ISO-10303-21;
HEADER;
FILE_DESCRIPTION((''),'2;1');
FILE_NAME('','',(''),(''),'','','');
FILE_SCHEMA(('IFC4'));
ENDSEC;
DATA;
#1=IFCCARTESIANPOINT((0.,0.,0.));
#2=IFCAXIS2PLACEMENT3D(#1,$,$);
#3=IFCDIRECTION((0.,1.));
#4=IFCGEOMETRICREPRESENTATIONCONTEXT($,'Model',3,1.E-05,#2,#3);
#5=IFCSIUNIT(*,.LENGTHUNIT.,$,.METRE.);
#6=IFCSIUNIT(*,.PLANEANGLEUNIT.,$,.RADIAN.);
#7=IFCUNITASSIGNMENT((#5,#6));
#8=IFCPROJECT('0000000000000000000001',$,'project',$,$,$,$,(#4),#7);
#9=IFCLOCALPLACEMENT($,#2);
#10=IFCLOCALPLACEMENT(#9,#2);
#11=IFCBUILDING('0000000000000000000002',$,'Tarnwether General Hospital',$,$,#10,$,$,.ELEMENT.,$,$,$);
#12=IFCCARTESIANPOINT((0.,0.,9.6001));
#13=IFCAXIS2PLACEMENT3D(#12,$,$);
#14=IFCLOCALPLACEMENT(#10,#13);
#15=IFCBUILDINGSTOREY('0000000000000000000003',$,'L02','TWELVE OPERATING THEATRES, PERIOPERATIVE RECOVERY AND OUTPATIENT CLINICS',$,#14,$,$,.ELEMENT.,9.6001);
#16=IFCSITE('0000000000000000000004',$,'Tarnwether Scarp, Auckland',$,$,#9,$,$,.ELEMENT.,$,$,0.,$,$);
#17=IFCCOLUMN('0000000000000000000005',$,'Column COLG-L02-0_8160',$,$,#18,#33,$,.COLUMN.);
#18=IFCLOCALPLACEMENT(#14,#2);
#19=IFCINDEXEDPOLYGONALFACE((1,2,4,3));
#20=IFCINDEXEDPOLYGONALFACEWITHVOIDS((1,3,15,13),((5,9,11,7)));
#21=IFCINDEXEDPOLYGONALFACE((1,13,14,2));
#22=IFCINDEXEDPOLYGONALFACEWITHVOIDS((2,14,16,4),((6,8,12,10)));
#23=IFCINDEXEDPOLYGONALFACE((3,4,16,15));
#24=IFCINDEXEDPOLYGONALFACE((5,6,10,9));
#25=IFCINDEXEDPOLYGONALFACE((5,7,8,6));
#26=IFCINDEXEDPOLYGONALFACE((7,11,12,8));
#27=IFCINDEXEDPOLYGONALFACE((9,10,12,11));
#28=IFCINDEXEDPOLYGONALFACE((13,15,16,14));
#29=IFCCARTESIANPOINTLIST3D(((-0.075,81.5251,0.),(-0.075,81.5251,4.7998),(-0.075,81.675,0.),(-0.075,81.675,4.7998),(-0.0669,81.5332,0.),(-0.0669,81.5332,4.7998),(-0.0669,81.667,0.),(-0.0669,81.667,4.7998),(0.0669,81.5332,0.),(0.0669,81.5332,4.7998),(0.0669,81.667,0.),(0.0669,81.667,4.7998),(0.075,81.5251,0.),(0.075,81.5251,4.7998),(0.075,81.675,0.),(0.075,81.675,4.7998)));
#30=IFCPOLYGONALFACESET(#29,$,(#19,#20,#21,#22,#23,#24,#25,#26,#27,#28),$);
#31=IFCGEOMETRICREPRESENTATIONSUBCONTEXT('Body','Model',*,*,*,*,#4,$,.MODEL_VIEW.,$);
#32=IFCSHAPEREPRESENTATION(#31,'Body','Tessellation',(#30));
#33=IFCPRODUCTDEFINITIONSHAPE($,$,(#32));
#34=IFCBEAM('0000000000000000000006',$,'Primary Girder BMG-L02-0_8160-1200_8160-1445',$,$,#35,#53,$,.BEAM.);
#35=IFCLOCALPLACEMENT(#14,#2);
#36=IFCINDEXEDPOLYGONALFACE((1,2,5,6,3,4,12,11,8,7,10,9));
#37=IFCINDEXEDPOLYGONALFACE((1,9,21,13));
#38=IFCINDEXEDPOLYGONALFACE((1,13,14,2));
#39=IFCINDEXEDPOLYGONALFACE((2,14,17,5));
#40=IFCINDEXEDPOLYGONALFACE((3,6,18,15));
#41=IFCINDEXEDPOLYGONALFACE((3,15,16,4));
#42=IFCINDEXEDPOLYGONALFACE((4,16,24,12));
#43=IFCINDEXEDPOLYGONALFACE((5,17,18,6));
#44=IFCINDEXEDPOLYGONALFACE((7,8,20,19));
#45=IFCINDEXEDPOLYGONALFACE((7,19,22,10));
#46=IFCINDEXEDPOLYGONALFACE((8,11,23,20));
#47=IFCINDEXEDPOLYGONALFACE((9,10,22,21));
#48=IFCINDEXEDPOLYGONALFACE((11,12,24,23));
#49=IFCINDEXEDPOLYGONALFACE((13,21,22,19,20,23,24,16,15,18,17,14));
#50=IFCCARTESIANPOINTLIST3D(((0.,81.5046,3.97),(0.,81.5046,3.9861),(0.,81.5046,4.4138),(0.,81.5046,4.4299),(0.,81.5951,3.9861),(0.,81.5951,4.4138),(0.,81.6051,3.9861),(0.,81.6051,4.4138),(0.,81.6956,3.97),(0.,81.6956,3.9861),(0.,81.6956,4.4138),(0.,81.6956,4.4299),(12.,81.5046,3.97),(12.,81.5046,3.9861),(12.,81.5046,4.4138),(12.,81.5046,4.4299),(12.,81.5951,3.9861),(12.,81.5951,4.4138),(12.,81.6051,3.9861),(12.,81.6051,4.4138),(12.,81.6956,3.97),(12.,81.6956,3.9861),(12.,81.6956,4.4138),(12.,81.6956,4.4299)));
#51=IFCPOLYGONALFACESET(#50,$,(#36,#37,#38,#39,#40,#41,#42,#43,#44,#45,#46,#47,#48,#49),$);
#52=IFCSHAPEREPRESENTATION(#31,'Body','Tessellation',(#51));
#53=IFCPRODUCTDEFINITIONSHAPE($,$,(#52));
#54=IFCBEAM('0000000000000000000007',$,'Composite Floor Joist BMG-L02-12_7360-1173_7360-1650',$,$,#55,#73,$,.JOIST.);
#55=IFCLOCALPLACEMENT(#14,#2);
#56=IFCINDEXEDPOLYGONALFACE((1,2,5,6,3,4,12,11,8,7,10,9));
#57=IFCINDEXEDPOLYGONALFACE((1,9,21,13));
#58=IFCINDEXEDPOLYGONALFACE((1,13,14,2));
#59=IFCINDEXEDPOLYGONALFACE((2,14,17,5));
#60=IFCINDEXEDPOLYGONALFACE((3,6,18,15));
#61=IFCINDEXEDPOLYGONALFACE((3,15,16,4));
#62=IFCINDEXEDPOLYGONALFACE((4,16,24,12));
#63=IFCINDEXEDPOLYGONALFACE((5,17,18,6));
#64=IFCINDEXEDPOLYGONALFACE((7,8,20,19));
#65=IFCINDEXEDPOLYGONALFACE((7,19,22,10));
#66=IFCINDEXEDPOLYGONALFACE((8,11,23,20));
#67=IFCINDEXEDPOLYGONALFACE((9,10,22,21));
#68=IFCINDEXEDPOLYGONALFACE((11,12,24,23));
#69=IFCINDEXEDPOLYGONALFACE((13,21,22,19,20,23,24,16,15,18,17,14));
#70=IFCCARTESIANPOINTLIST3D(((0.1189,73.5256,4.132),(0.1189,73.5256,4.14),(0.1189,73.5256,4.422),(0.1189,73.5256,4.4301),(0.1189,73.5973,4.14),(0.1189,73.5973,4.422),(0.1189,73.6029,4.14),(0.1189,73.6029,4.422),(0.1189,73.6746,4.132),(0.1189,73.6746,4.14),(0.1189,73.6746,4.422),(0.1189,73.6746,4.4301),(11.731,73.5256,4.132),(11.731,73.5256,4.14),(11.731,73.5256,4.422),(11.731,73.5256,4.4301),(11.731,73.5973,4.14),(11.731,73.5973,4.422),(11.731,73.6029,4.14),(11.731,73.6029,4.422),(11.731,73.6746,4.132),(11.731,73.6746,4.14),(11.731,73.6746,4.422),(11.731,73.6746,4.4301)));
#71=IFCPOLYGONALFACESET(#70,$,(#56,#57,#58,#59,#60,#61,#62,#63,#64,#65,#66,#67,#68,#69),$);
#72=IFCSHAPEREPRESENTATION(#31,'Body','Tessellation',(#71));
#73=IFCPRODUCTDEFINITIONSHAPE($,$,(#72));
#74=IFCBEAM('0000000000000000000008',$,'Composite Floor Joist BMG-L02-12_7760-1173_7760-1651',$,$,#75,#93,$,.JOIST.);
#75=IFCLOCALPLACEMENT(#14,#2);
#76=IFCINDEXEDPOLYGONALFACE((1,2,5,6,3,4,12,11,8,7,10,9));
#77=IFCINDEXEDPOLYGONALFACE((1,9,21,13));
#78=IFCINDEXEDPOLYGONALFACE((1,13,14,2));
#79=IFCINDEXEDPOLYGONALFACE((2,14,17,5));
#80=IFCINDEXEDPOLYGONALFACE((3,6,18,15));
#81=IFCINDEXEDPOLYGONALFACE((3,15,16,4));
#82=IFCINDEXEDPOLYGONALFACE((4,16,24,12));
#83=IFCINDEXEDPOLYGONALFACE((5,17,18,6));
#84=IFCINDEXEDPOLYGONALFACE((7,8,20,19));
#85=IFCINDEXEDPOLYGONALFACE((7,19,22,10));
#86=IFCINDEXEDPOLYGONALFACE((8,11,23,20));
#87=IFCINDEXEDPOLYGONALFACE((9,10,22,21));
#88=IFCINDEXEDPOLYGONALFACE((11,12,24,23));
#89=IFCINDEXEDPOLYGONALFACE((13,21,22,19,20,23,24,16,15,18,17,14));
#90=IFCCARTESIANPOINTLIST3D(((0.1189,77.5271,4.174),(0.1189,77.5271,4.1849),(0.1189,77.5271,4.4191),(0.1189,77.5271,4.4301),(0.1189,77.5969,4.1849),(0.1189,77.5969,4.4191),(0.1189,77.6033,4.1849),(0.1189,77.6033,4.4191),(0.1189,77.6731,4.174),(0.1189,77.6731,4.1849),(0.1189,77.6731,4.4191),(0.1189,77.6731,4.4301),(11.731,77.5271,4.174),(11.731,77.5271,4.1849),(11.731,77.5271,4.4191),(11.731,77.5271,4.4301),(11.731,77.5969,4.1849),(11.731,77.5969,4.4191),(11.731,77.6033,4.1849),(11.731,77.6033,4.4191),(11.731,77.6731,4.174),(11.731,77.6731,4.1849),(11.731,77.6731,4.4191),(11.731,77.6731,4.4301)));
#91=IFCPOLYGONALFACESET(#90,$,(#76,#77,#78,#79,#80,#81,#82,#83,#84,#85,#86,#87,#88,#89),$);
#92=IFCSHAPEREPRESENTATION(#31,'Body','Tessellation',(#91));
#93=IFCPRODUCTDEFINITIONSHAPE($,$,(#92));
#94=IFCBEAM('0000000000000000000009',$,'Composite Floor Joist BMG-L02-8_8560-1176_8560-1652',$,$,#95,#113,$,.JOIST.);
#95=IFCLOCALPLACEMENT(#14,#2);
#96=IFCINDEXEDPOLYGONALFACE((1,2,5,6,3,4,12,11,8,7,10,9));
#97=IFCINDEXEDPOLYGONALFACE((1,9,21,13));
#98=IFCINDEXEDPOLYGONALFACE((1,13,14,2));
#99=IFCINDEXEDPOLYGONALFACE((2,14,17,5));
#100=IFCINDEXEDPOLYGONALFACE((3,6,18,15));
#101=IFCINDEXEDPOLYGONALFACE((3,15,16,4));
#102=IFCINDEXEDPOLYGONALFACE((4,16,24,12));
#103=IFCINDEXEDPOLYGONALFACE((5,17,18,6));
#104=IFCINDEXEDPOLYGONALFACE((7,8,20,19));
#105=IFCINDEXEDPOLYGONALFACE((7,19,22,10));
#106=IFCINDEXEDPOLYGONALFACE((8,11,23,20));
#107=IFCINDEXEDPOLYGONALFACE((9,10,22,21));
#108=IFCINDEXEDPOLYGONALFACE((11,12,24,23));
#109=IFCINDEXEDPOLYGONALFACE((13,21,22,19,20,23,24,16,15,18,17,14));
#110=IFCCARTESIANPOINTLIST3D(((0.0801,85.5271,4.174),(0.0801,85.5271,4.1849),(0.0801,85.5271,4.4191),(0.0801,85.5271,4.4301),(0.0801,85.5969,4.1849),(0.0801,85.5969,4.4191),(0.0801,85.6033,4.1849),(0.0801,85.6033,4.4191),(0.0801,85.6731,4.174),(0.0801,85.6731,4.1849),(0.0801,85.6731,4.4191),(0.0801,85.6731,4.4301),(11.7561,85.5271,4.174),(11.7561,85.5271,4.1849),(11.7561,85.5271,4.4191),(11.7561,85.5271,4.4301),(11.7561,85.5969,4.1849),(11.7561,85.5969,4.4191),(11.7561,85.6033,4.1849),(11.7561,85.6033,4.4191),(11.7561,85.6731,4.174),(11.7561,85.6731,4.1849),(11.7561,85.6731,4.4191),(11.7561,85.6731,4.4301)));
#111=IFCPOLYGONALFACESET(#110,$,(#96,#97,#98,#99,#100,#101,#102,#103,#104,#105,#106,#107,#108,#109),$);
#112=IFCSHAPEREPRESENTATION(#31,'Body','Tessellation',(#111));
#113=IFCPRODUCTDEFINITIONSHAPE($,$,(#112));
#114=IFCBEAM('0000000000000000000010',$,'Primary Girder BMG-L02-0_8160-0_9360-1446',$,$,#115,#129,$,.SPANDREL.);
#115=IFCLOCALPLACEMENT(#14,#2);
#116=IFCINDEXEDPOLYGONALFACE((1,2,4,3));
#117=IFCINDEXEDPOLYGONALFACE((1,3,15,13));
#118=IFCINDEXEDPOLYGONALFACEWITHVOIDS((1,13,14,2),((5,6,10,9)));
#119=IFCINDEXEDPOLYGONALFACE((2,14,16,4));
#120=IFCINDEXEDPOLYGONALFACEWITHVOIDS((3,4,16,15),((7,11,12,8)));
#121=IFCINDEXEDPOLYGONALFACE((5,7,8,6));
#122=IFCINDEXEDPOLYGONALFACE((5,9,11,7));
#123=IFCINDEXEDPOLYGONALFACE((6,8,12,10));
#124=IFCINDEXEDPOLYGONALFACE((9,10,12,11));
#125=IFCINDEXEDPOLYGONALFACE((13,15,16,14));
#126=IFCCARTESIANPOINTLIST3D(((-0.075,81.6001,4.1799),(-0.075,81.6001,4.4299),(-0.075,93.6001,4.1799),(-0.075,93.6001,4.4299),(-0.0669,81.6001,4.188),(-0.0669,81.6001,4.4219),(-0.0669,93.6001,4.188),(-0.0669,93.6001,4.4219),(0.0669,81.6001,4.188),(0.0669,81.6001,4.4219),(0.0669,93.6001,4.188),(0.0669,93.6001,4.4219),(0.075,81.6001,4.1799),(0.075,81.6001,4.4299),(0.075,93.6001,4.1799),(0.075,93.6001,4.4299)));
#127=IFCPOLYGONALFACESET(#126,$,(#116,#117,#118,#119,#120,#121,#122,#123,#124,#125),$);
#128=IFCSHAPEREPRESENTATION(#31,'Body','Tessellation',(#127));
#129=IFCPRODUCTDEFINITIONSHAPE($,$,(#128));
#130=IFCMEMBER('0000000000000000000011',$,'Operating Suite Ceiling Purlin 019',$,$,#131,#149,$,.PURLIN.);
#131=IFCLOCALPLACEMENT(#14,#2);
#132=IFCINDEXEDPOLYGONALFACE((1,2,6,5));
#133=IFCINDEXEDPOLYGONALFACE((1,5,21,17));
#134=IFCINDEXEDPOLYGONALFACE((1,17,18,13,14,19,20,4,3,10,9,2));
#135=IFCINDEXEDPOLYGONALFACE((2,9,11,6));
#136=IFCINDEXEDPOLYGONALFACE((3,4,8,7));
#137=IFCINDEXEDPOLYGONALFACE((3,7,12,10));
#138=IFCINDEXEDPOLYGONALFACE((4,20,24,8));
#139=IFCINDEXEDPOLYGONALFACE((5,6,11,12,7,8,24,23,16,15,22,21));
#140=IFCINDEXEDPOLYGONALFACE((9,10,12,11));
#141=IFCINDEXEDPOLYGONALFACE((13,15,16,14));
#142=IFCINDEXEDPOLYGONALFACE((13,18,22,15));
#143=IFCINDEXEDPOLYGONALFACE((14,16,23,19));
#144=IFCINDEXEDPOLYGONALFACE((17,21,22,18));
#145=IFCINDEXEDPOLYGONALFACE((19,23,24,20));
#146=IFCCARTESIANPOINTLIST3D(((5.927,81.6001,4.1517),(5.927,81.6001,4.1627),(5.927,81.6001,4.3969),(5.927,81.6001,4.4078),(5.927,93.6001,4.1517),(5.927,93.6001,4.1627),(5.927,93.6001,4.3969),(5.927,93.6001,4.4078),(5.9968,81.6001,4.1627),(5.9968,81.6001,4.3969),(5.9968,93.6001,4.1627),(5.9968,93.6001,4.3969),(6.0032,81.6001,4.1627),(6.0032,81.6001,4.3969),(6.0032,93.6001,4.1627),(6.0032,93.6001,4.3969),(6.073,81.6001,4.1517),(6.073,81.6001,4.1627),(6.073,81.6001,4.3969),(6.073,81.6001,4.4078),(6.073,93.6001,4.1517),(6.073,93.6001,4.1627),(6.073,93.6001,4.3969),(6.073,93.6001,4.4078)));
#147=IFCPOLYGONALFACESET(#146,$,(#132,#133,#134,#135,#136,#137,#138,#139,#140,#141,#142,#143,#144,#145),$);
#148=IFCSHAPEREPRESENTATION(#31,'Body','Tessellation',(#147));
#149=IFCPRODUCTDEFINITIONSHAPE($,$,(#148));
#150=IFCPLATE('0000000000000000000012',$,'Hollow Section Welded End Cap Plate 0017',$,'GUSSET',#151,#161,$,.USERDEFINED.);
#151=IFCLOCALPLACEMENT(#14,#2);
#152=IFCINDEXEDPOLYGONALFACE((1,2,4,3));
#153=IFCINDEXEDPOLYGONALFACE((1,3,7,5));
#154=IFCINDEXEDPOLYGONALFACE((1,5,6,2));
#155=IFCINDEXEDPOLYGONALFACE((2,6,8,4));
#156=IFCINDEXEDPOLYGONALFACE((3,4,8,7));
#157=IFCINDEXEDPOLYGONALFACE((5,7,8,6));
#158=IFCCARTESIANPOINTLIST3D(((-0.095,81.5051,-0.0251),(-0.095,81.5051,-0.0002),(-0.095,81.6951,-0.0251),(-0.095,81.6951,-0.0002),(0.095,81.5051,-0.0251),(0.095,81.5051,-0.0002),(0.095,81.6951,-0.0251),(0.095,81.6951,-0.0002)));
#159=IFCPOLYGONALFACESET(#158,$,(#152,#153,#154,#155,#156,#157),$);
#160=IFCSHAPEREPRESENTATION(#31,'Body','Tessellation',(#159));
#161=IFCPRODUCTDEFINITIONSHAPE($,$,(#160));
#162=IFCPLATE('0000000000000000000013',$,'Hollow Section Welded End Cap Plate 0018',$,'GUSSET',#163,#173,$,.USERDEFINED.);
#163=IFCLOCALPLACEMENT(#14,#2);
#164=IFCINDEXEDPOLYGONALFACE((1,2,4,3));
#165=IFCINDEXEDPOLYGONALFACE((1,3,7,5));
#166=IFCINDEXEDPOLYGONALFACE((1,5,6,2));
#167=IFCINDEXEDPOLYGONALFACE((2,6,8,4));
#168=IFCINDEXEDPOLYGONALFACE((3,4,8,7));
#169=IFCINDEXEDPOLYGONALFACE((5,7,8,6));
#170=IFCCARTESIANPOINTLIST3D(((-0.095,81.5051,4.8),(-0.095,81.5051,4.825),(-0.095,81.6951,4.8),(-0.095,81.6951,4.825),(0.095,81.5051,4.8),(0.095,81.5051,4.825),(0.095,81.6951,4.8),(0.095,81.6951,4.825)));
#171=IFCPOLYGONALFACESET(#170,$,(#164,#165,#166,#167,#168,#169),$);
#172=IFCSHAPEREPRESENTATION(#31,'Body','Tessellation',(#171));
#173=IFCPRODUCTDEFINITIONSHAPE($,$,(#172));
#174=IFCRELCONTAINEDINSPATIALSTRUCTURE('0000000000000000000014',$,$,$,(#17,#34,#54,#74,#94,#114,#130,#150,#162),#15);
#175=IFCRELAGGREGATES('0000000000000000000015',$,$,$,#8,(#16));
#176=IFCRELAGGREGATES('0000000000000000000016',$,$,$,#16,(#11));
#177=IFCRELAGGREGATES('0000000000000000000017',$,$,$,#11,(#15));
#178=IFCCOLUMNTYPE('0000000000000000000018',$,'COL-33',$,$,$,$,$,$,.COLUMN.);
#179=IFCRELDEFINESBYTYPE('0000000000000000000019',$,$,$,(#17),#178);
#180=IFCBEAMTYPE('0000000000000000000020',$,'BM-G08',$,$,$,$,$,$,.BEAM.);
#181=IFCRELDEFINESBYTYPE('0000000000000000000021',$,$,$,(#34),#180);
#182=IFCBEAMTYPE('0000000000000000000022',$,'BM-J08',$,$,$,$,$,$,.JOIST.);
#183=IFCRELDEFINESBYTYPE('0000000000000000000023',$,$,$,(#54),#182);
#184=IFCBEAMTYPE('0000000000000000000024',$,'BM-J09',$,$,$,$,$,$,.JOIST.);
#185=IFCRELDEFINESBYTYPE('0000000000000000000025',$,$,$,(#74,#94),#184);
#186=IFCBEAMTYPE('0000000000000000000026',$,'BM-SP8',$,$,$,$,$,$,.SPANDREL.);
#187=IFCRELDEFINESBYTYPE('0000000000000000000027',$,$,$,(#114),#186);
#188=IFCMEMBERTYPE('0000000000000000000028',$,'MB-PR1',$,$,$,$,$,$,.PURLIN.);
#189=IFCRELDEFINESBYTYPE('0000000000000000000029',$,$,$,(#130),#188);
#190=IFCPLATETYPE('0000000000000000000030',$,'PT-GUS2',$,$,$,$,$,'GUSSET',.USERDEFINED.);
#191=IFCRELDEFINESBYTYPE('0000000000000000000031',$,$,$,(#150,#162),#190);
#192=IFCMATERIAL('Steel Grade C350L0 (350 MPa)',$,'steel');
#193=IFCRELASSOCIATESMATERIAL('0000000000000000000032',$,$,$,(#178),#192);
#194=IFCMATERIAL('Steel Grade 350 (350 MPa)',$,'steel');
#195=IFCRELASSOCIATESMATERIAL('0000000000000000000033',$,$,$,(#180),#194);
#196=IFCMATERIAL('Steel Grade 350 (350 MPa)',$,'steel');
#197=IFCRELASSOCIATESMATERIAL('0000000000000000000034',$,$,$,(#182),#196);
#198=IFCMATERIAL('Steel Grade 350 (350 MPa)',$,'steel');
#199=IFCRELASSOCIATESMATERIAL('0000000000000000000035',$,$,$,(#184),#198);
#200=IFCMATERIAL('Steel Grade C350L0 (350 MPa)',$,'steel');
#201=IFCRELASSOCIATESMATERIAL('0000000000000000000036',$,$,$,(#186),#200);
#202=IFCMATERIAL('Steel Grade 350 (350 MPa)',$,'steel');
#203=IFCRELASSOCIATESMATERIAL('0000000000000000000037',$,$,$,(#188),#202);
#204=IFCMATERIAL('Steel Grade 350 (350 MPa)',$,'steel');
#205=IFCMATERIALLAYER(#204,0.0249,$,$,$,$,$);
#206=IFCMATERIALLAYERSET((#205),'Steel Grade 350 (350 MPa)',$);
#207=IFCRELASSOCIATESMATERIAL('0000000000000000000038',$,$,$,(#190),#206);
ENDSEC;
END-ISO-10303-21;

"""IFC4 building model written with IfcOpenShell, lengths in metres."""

from ifc_helpers import new_model, si_unit, direction, frame, origin, origin_2d, place, context, subcontext, project, spatial, rectangle, hollow_rectangle, i_section, extrude, material, layer, layer_set, material_profile, profile_set, type_object, element, save


model = new_model("IFC4")

# Units and contexts
model_context = context("Model", 3, precision=1e-05, world=origin(), true_north=direction((0.0, 1.0)))
body_context = subcontext(model_context, "Body", "Model", "MODEL_VIEW")
ifc_project = project(units=[si_unit("LENGTHUNIT", "METRE"), si_unit("PLANEANGLEUNIT", "RADIAN")], contexts=[model_context])

# Site, building, storey
site_placement = place(None, origin())
site = spatial("IfcSite", under=ifc_project, at=site_placement, Name="Tarnwether Scarp, Auckland", CompositionType="ELEMENT", RefElevation=0.0)
building_placement = place(site_placement, origin())
building = spatial("IfcBuilding", under=site, at=building_placement, Name="Tarnwether General Hospital", CompositionType="ELEMENT")
storey_placement = place(building_placement, frame((0.0, 0.0, 9.6001)))
storey = spatial("IfcBuildingStorey", under=building, at=storey_placement, Name="L02", Description="TWELVE OPERATING THEATRES, PERIOPERATIVE RECOVERY AND OUTPATIENT CLINICS", CompositionType="ELEMENT", Elevation=9.6001)

# Column
ifc_material_1 = material(Name="Steel Grade C350L0 (350 MPa)", Category="steel")
ifc_material_profile_1 = material_profile(ifc_material_1, hollow_rectangle(XDim=0.1499, YDim=0.1499, WallThickness=0.0081, at=origin_2d()), Name="SHS150x150x8")
ifc_profile_set_1 = profile_set([ifc_material_profile_1], Name="Steel Grade C350L0 (350 MPa)")
column_type = type_object("IfcColumnType", Name="COL-33", PredefinedType="COLUMN", material=ifc_profile_set_1)
column_placement = place(storey_placement, frame((0.0, 81.6001, 0.0), z_axis=(0.0, 0.0, 1.0), x_axis=(1.0, 0.0, 0.0)))
element("IfcColumn", 1, at=column_placement, inside=storey, type_object=column_type, Name="Column COLG-L02-0_8160", PredefinedType="COLUMN", context=body_context, shape_type="SweptSolid", body=[
    extrude(hollow_rectangle(XDim=0.1499, YDim=0.1499, WallThickness=0.0081, at=origin_2d()), origin(), (0.0, 0.0, 1.0), 4.7998),
])

# Beams
ifc_material_2 = material(Name="Steel Grade 350 (350 MPa)", Category="steel")
ifc_material_profile_2 = material_profile(ifc_material_2, i_section(OverallWidth=0.1909, OverallDepth=0.46, WebThickness=0.01, FlangeThickness=0.0161, at=origin_2d()), Name="460UB82.1")
ifc_profile_set_2 = profile_set([ifc_material_profile_2], Name="Steel Grade 350 (350 MPa)")
beam_type_1 = type_object("IfcBeamType", Name="BM-G08", PredefinedType="BEAM", material=ifc_profile_set_2)
beam_1_placement = place(storey_placement, frame((0.0, 81.6001, 4.2), z_axis=(1.0, 0.0, 0.0), x_axis=(0.0, 1.0, 0.0)))
element("IfcBeam", 2, at=beam_1_placement, inside=storey, type_object=beam_type_1, Name="Primary Girder BMG-L02-0_8160-1200_8160-1445", PredefinedType="BEAM", context=body_context, shape_type="SweptSolid", body=[
    extrude(i_section(OverallWidth=0.1909, OverallDepth=0.46, WebThickness=0.01, FlangeThickness=0.0161, at=origin_2d()), origin(), (0.0, 0.0, 1.0), 12.0),
])
ifc_material_3 = material(Name="Steel Grade 350 (350 MPa)", Category="steel")
ifc_material_profile_3 = material_profile(ifc_material_3, i_section(OverallWidth=0.1489, OverallDepth=0.2981, WebThickness=0.0056, FlangeThickness=0.0081, at=origin_2d()), Name="310UB32.0")
ifc_profile_set_3 = profile_set([ifc_material_profile_3], Name="Steel Grade 350 (350 MPa)")
beam_type_2 = type_object("IfcBeamType", Name="BM-J08", PredefinedType="JOIST", material=ifc_profile_set_3)
beam_2_placement = place(storey_placement, frame((0.1189, 73.6001, 4.281), z_axis=(1.0, 0.0, 0.0), x_axis=(0.0, 1.0, 0.0)))
element("IfcBeam", 3, at=beam_2_placement, inside=storey, type_object=beam_type_2, Name="Composite Floor Joist BMG-L02-12_7360-1173_7360-1650", PredefinedType="JOIST", context=body_context, shape_type="SweptSolid", body=[
    extrude(i_section(OverallWidth=0.1489, OverallDepth=0.2981, WebThickness=0.0056, FlangeThickness=0.0081, at=origin_2d()), origin(), (0.0, 0.0, 1.0), 11.6121),
])
ifc_material_4 = material(Name="Steel Grade 350 (350 MPa)", Category="steel")
ifc_material_profile_4 = material_profile(ifc_material_4, i_section(OverallWidth=0.146, OverallDepth=0.2561, WebThickness=0.0063, FlangeThickness=0.011, at=origin_2d()), Name="250UB37.3")
ifc_profile_set_4 = profile_set([ifc_material_profile_4], Name="Steel Grade 350 (350 MPa)")
beam_type_3 = type_object("IfcBeamType", Name="BM-J09", PredefinedType="JOIST", material=ifc_profile_set_4)
beam_3_placement = place(storey_placement, frame((0.1189, 77.6001, 4.302), z_axis=(1.0, 0.0, 0.0), x_axis=(0.0, 1.0, 0.0)))
element("IfcBeam", 4, at=beam_3_placement, inside=storey, type_object=beam_type_3, Name="Composite Floor Joist BMG-L02-12_7760-1173_7760-1651", PredefinedType="JOIST", context=body_context, shape_type="SweptSolid", body=[
    extrude(i_section(OverallWidth=0.146, OverallDepth=0.2561, WebThickness=0.0063, FlangeThickness=0.011, at=origin_2d()), origin(), (0.0, 0.0, 1.0), 11.6121),
])
beam_4_placement = place(storey_placement, frame((0.0801, 85.6001, 4.302), z_axis=(1.0, 0.0, 0.0), x_axis=(0.0, 1.0, 0.0)))
element("IfcBeam", 5, at=beam_4_placement, inside=storey, type_object=beam_type_3, Name="Composite Floor Joist BMG-L02-8_8560-1176_8560-1652", PredefinedType="JOIST", context=body_context, shape_type="SweptSolid", body=[
    extrude(i_section(OverallWidth=0.146, OverallDepth=0.2561, WebThickness=0.0063, FlangeThickness=0.011, at=origin_2d()), origin(), (0.0, 0.0, 1.0), 11.676),
])
ifc_material_5 = material(Name="Steel Grade C350L0 (350 MPa)", Category="steel")
ifc_material_profile_5 = material_profile(ifc_material_5, hollow_rectangle(XDim=0.1499, YDim=0.25, WallThickness=0.0081, at=origin_2d()), Name="RHS250x150x8")
ifc_profile_set_5 = profile_set([ifc_material_profile_5], Name="Steel Grade C350L0 (350 MPa)")
beam_type_4 = type_object("IfcBeamType", Name="BM-SP8", PredefinedType="SPANDREL", material=ifc_profile_set_5)
beam_5_placement = place(storey_placement, frame((0.0, 81.6001, 4.3049), z_axis=(0.0, 1.0, 0.0), x_axis=(-1.0, 0.0, 0.0)))
element("IfcBeam", 6, at=beam_5_placement, inside=storey, type_object=beam_type_4, Name="Primary Girder BMG-L02-0_8160-0_9360-1446", PredefinedType="SPANDREL", context=body_context, shape_type="SweptSolid", body=[
    extrude(hollow_rectangle(XDim=0.1499, YDim=0.25, WallThickness=0.0081, at=origin_2d()), origin(), (0.0, 0.0, 1.0), 12.0),
])

# Member
ifc_material_6 = material(Name="Steel Grade 350 (350 MPa)", Category="steel")
ifc_material_profile_6 = material_profile(ifc_material_6, i_section(OverallWidth=0.146, OverallDepth=0.2561, WebThickness=0.0063, FlangeThickness=0.011, at=origin_2d()), Name="250UB37.3")
ifc_profile_set_6 = profile_set([ifc_material_profile_6], Name="Steel Grade 350 (350 MPa)")
member_type = type_object("IfcMemberType", Name="MB-PR1", PredefinedType="PURLIN", material=ifc_profile_set_6)
member_placement = place(storey_placement, frame((6.0, 81.6001, 4.2798), z_axis=(0.0, 1.0, 0.0), x_axis=(-1.0, 0.0, 0.0)))
element("IfcMember", 7, at=member_placement, inside=storey, type_object=member_type, Name="Operating Suite Ceiling Purlin 019", PredefinedType="PURLIN", context=body_context, shape_type="SweptSolid", body=[
    extrude(i_section(OverallWidth=0.146, OverallDepth=0.2561, WebThickness=0.0063, FlangeThickness=0.011, at=origin_2d()), origin(), (0.0, 0.0, 1.0), 12.0),
])

# Plates
ifc_material_7 = material(Name="Steel Grade 350 (350 MPa)", Category="steel")
ifc_layer_1 = layer(ifc_material_7, 0.0249)
ifc_layer_set_1 = layer_set([ifc_layer_1], Name="Steel Grade 350 (350 MPa)")
plate_type = type_object("IfcPlateType", Name="PT-GUS2", ElementType="GUSSET", PredefinedType="USERDEFINED", material=ifc_layer_set_1)
for number, where, z_axis, x_axis, name in (
    (8, (0.0, 81.6001, -0.0251), (0.0, 0.0, 1.0), (1.0, 0.0, 0.0), "Hollow Section Welded End Cap Plate 0017"),
    (9, (0.0, 81.6001, 4.8), (0.0, 0.0, 1.0), (1.0, 0.0, 0.0), "Hollow Section Welded End Cap Plate 0018"),
):
    element("IfcPlate", number, at=place(storey_placement, frame(where, z_axis=z_axis, x_axis=x_axis)), inside=storey, type_object=plate_type, Name=name, ObjectType="GUSSET", PredefinedType="USERDEFINED", context=body_context, shape_type="SweptSolid", body=[
        extrude(rectangle(XDim=0.1899, YDim=0.1899, at=origin_2d()), origin(), (0.0, 0.0, 1.0), 0.0249),
    ])

save(model, "model.ifc")
